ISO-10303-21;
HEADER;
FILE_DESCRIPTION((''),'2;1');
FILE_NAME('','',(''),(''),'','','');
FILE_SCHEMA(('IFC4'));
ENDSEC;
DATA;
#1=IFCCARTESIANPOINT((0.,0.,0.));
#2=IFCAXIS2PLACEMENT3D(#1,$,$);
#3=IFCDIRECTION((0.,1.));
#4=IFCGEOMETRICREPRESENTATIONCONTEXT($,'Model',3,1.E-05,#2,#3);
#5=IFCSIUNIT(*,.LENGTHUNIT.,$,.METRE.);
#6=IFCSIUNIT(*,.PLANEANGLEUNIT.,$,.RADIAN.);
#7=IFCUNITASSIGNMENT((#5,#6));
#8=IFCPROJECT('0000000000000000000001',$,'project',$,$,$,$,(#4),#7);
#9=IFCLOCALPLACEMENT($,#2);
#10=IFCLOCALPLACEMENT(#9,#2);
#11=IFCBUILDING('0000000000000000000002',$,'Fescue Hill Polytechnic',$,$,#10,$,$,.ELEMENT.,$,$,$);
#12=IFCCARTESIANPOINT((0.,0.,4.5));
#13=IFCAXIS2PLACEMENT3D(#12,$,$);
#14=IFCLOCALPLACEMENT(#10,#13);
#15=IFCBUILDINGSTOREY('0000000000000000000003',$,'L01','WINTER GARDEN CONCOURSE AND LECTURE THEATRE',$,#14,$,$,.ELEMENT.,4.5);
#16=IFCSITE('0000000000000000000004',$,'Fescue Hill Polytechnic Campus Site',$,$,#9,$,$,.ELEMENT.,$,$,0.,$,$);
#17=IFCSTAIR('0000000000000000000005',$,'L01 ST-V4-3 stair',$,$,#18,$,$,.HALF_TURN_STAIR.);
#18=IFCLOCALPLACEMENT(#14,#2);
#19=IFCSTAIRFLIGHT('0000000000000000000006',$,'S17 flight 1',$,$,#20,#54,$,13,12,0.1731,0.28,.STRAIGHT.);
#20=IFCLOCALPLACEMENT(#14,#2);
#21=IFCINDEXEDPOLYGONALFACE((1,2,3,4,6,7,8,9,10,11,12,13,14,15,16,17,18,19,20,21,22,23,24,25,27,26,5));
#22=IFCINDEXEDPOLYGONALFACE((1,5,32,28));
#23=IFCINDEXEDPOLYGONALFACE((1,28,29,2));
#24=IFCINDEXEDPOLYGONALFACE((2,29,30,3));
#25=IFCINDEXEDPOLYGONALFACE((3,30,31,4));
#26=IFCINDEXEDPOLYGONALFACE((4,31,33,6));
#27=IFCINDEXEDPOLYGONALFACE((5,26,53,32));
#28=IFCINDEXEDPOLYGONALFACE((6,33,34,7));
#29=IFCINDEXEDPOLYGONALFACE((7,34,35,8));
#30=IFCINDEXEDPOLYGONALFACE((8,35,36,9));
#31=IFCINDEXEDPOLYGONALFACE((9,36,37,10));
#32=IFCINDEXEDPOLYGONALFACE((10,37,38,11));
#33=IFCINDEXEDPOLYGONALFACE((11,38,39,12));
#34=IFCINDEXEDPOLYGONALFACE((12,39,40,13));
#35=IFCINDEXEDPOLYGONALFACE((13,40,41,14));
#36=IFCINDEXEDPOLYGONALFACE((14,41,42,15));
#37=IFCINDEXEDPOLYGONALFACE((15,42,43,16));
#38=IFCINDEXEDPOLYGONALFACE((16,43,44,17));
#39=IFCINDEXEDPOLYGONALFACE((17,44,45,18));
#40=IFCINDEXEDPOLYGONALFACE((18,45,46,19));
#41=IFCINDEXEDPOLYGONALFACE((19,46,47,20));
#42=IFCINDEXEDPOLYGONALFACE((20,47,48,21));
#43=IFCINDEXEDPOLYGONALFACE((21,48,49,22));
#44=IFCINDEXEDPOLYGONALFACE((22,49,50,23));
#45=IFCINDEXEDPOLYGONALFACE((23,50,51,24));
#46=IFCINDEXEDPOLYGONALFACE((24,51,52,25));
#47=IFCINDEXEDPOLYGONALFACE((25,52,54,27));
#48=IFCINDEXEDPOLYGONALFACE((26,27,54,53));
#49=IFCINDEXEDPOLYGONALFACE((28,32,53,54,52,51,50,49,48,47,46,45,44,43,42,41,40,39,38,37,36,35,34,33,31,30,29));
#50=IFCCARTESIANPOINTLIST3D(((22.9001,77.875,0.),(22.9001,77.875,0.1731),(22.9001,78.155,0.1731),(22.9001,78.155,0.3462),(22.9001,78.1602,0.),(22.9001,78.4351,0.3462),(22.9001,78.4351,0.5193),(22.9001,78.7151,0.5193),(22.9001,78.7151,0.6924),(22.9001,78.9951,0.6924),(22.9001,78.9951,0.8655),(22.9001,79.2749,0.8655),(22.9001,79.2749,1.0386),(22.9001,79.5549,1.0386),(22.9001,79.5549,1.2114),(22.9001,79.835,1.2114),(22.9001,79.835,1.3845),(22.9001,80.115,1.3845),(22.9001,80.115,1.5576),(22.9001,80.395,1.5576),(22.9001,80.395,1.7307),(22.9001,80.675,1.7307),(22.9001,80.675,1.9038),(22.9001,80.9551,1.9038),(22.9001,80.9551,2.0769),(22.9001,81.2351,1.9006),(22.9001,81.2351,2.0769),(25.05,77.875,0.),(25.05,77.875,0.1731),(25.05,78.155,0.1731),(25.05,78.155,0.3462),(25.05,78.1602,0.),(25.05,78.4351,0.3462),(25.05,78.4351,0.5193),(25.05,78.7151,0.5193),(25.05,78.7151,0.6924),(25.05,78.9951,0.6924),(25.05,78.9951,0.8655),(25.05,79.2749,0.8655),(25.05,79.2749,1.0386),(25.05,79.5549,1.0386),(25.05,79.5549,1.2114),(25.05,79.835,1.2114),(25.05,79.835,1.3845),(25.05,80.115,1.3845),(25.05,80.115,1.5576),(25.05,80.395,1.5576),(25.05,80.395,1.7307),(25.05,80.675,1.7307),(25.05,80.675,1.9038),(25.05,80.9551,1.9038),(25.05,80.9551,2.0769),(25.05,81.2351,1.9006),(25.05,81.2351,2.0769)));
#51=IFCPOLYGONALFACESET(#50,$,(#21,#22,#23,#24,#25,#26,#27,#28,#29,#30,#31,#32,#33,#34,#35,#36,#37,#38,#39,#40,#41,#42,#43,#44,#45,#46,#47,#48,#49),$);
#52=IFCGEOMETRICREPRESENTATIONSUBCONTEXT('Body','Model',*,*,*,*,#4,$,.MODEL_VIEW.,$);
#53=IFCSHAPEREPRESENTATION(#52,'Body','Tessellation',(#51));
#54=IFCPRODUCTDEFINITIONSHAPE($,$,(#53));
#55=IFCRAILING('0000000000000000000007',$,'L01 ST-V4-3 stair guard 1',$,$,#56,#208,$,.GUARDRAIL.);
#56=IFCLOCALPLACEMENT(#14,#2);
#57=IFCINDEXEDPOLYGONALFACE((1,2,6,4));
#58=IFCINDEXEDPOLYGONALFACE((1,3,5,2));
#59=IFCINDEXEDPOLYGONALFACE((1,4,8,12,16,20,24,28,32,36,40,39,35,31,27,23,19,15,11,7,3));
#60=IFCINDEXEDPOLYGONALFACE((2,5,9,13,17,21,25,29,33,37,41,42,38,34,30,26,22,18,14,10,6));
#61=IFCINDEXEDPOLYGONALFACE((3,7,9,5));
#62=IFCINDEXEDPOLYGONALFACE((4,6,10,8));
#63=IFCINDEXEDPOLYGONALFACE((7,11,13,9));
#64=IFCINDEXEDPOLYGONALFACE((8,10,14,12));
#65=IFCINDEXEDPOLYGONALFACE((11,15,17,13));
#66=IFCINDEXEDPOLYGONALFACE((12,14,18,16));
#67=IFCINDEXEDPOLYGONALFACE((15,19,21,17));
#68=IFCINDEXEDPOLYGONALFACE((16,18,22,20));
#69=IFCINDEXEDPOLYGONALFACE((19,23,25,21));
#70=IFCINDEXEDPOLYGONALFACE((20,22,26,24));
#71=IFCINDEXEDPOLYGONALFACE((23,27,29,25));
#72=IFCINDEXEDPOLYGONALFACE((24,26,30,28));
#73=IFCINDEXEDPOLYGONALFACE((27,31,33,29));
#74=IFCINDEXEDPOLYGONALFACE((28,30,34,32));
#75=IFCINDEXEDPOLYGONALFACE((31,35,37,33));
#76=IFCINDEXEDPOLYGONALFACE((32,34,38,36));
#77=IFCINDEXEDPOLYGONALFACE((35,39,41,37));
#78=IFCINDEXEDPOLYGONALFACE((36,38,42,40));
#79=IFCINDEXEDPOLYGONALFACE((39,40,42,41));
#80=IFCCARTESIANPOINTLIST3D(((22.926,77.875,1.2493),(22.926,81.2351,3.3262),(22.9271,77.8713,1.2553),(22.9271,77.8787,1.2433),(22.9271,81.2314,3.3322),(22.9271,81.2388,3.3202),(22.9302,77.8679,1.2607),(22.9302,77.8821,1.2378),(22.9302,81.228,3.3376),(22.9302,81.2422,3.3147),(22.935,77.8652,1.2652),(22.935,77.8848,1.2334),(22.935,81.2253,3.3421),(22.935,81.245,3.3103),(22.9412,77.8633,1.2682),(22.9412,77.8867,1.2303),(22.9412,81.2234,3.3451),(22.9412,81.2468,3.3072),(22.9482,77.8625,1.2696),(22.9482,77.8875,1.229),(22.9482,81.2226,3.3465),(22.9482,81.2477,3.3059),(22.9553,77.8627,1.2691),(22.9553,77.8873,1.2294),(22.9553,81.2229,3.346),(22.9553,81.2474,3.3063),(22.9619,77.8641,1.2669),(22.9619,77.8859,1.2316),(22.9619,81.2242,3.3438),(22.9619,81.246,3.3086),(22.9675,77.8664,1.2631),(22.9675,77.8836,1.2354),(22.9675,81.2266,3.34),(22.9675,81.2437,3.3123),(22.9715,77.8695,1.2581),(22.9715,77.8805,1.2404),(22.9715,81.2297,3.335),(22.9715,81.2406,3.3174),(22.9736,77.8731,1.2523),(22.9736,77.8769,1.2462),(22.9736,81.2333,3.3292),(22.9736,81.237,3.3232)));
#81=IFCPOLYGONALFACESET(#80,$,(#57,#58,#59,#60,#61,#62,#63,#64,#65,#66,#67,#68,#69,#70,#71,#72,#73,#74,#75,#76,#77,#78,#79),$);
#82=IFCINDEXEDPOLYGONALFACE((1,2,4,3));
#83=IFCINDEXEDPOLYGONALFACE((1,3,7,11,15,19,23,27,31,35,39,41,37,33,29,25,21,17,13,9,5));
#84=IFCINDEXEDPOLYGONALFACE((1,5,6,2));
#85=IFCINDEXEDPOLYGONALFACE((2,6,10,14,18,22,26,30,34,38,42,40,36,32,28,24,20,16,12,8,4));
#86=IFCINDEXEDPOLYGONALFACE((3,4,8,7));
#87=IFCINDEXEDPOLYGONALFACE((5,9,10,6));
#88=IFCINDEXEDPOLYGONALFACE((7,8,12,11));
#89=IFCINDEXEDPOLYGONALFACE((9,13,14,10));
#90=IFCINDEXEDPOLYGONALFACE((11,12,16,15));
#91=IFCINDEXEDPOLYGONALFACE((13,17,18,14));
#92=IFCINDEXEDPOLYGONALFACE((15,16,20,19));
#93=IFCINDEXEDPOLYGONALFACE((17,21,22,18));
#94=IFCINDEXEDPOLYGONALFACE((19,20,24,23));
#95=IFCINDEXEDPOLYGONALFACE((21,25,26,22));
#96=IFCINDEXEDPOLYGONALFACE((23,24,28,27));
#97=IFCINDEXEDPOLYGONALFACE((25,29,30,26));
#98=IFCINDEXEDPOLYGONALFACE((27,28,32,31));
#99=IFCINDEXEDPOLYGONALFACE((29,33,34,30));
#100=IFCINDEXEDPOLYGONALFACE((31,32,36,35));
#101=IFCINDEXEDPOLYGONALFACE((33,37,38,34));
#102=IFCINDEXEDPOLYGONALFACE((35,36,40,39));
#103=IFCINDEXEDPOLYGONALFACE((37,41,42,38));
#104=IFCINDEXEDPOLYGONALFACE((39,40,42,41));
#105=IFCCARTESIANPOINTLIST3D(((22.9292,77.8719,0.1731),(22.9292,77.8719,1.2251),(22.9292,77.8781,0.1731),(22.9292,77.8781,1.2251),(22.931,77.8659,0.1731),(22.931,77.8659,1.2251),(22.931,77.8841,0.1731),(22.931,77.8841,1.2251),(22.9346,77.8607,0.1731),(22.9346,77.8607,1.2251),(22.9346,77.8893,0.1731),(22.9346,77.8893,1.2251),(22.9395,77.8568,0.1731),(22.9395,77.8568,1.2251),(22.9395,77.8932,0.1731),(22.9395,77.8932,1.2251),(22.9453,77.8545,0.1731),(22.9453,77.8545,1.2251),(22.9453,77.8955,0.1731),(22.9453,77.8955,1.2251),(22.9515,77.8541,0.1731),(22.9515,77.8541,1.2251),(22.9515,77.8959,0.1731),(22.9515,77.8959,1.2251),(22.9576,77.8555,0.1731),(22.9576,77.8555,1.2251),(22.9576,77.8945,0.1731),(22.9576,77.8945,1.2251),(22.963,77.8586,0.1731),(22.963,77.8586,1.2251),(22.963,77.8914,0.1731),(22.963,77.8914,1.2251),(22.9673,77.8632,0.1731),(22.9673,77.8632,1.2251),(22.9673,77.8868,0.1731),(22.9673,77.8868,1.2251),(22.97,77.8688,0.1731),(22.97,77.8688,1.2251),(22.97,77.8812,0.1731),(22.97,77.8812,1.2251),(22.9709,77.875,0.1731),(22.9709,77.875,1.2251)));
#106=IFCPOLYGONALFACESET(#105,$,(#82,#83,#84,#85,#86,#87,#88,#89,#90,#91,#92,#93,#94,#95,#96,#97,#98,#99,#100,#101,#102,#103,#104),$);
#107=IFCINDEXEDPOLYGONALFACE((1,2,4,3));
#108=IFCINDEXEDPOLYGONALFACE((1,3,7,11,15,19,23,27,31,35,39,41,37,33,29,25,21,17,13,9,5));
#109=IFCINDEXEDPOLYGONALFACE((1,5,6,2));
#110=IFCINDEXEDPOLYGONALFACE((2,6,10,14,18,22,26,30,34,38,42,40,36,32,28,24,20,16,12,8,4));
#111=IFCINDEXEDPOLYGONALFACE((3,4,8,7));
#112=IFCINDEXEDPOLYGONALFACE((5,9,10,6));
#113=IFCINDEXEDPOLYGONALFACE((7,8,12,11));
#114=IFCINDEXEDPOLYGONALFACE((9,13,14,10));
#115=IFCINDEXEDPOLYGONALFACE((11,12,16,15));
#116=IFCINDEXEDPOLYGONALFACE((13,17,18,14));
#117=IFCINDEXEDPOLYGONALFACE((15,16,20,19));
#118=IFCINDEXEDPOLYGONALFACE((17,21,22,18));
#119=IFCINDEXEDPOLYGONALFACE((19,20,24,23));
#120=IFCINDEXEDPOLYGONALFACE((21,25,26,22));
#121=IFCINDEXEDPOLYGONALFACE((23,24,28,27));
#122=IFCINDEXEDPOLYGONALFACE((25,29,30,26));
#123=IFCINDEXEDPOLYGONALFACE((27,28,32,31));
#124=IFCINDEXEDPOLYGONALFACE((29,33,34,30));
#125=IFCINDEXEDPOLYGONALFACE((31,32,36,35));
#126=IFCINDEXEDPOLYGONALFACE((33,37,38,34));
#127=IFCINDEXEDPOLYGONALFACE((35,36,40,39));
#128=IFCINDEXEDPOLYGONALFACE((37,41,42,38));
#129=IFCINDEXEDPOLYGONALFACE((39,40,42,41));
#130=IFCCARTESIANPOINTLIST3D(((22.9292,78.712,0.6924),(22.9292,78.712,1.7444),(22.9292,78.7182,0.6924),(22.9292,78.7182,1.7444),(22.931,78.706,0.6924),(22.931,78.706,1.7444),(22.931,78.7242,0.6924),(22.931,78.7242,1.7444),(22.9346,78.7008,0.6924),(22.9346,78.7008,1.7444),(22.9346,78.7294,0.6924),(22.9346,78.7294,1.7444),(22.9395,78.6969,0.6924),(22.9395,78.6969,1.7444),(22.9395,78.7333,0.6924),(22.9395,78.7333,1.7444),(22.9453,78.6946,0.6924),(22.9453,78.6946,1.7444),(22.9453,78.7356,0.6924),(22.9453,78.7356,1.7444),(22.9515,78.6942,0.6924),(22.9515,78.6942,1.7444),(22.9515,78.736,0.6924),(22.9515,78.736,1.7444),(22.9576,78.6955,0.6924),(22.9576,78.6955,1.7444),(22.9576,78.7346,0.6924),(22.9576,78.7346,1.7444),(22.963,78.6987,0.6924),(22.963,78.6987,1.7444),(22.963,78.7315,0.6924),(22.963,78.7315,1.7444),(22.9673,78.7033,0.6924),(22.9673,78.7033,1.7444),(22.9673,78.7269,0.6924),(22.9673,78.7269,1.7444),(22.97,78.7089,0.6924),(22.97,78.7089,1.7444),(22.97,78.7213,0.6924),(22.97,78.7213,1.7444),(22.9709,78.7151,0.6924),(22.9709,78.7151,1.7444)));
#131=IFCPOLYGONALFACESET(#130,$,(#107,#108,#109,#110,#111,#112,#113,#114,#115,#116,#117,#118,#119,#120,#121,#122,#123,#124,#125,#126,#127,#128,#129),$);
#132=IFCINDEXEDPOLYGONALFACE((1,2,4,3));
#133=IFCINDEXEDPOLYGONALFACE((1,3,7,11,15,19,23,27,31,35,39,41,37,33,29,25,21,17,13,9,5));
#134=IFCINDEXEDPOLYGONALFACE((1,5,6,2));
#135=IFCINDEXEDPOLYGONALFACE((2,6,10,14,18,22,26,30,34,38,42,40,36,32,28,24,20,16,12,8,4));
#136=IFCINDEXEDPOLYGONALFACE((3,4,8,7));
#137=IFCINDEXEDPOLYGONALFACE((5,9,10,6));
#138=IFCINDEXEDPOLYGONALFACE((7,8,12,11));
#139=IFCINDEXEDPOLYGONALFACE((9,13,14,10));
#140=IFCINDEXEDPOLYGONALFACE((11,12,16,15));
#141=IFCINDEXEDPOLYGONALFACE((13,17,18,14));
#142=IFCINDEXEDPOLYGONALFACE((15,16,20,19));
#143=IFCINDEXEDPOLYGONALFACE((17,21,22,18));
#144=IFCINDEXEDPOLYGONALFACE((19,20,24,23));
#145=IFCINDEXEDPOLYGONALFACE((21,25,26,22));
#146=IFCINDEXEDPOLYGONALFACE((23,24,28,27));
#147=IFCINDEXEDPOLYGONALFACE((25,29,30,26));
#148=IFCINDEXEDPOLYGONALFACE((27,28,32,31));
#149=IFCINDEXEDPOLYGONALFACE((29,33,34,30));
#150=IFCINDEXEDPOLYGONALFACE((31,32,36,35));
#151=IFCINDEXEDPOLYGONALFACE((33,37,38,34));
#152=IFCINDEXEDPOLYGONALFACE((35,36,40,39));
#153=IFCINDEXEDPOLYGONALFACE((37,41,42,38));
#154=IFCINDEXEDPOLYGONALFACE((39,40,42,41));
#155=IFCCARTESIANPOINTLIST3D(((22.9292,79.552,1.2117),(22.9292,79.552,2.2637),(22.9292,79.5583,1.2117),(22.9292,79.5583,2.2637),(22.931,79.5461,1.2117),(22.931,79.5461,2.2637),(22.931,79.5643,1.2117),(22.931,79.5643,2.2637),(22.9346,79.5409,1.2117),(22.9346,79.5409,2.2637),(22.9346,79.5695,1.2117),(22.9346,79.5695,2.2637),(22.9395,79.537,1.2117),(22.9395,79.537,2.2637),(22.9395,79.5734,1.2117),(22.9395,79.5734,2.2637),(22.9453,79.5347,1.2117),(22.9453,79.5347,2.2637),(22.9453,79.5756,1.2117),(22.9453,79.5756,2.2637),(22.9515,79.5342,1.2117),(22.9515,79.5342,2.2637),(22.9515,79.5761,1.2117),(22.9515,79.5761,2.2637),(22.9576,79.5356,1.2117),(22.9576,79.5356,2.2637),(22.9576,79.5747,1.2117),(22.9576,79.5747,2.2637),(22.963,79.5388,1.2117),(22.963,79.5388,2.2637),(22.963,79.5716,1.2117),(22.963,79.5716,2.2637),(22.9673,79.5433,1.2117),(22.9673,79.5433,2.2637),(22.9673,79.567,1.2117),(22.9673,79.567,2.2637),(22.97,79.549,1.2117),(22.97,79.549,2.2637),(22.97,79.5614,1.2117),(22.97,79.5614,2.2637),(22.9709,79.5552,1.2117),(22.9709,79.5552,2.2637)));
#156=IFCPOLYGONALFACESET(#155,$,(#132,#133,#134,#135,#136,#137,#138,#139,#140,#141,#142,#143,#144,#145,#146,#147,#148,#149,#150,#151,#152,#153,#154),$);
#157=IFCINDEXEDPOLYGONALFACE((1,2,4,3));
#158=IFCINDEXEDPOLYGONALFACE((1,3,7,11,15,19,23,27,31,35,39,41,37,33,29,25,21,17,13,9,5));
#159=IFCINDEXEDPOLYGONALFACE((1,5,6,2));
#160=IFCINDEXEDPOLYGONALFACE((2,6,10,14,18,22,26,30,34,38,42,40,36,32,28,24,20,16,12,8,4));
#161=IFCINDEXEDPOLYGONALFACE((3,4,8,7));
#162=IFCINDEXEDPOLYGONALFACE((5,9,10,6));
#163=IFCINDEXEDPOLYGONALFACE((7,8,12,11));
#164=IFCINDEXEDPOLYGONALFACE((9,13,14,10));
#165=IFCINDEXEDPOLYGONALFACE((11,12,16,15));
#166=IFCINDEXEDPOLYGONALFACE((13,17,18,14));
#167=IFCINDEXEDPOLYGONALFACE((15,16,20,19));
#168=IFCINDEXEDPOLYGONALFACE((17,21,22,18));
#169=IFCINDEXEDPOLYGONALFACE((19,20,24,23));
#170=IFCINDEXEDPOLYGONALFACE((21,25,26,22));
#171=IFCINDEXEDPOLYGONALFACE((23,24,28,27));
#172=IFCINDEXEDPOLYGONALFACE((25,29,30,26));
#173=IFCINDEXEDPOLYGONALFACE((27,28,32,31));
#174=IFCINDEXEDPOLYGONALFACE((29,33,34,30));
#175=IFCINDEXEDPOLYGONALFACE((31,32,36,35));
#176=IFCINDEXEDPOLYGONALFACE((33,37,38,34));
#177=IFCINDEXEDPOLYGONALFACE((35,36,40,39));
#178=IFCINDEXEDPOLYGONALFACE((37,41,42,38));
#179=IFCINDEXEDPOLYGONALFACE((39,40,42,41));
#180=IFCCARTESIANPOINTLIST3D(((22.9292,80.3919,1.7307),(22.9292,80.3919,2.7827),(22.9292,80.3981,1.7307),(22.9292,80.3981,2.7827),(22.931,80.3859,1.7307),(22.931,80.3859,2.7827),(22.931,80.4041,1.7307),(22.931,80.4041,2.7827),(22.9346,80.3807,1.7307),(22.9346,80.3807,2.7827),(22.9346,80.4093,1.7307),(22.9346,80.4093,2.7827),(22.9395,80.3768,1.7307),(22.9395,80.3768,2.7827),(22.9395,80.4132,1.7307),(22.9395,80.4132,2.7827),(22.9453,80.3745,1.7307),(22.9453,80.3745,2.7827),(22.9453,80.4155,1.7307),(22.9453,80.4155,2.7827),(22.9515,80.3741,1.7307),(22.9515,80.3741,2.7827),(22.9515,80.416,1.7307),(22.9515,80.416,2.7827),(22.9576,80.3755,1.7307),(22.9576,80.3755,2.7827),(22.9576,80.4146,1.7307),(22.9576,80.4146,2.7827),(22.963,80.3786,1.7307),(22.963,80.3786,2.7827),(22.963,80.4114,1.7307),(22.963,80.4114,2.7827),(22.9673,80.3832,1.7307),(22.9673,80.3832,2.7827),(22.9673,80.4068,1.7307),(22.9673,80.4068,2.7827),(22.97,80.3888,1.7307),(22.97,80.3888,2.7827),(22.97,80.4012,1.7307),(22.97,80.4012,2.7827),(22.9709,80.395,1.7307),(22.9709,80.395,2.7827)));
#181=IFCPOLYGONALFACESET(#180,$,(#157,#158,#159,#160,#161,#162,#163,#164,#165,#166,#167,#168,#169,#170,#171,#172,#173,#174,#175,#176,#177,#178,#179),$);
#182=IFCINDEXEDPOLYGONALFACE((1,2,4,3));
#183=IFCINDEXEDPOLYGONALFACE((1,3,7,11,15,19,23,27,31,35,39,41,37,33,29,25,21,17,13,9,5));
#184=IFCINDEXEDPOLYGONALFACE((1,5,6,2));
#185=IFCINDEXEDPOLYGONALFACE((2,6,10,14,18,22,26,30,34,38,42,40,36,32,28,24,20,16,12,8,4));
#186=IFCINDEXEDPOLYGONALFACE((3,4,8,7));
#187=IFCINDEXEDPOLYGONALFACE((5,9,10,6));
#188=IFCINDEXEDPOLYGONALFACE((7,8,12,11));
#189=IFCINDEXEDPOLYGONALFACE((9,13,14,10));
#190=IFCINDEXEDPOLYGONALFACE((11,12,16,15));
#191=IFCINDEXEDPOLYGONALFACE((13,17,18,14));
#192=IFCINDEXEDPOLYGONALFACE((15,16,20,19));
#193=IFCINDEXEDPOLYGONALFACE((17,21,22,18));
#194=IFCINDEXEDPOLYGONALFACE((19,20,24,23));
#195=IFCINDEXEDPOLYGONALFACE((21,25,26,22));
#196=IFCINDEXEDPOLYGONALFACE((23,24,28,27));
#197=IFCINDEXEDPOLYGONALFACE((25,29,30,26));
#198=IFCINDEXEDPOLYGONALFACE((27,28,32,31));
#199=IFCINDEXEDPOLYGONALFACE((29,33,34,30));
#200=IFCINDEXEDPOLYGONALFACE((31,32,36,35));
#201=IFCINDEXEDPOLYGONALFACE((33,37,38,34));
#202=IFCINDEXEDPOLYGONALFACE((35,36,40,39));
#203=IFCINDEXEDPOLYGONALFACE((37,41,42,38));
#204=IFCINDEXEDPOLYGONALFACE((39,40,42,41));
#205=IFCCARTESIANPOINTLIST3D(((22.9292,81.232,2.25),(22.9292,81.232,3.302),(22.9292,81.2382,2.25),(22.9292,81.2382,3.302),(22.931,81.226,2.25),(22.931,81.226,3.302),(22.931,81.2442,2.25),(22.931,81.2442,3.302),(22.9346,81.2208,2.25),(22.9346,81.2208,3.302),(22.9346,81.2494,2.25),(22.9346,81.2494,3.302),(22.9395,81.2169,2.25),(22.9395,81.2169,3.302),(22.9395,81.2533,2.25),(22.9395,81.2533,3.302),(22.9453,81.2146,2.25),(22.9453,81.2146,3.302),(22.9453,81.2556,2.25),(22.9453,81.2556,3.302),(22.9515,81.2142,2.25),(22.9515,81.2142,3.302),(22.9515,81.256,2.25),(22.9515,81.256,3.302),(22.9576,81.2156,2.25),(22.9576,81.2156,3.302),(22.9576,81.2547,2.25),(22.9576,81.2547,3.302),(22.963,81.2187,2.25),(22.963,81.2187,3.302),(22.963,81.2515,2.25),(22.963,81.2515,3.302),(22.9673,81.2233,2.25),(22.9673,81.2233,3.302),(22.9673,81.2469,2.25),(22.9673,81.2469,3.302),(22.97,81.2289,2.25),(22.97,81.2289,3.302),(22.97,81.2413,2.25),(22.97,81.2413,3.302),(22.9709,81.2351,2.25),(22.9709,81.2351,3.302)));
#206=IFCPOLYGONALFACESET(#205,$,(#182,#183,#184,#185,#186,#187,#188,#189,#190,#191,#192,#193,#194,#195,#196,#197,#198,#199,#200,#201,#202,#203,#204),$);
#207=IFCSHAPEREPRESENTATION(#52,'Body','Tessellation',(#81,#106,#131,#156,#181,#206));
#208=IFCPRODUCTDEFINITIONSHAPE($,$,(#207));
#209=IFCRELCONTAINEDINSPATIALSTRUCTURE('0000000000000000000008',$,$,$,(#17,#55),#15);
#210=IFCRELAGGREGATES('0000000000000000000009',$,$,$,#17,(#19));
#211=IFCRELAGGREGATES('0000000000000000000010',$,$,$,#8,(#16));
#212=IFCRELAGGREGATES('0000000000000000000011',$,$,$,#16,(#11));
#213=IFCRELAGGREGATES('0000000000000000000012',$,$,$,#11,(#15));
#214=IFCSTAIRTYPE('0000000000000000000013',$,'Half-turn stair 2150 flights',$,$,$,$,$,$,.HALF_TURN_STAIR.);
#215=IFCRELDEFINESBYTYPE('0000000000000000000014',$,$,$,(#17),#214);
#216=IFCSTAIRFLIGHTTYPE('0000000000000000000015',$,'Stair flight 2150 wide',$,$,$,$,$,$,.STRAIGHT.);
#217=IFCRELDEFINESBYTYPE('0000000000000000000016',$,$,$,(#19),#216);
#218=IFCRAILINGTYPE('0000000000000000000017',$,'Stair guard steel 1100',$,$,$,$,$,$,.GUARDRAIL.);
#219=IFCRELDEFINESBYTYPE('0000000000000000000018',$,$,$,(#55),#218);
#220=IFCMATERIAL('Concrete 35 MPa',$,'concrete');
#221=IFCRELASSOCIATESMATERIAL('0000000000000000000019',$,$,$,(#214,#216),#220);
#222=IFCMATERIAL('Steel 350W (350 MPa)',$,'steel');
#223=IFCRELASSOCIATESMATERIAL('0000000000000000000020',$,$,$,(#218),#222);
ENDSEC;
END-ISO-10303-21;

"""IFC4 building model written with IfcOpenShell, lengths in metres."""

from ifc_helpers import new_model, si_unit, direction, frame, origin, origin_2d, place, context, subcontext, project, spatial, polyline, circle, outline, extrude, material, type_object, element, aggregate, save


model = new_model("IFC4")

# Units and contexts
model_context = context("Model", 3, precision=1e-05, world=origin(), true_north=direction((0.0, 1.0)))
body_context = subcontext(model_context, "Body", "Model", "MODEL_VIEW")
ifc_project = project(units=[si_unit("LENGTHUNIT", "METRE"), si_unit("PLANEANGLEUNIT", "RADIAN")], contexts=[model_context])

# Site, building, storey
site_placement = place(None, origin())
site = spatial("IfcSite", under=ifc_project, at=site_placement, Name="Fescue Hill Polytechnic Campus Site", CompositionType="ELEMENT", RefElevation=0.0)
building_placement = place(site_placement, origin())
building = spatial("IfcBuilding", under=site, at=building_placement, Name="Fescue Hill Polytechnic", CompositionType="ELEMENT")
storey_placement = place(building_placement, frame((0.0, 0.0, 4.5)))
storey = spatial("IfcBuildingStorey", under=building, at=storey_placement, Name="L01", Description="WINTER GARDEN CONCOURSE AND LECTURE THEATRE", CompositionType="ELEMENT", Elevation=4.5)

# Stair, stair flight
ifc_material_1 = material(Name="Concrete 35 MPa", Category="concrete")
stair_type = type_object("IfcStairType", Name="Half-turn stair 2150 flights", PredefinedType="HALF_TURN_STAIR", material=ifc_material_1)
stair_placement = place(storey_placement, origin())
stair = element("IfcStair", 1, at=stair_placement, inside=storey, type_object=stair_type, Name="L01 ST-V4-3 stair", PredefinedType="HALF_TURN_STAIR")
stair_flight_type = type_object("IfcStairFlightType", Name="Stair flight 2150 wide", PredefinedType="STRAIGHT", material=ifc_material_1)
stair_flight_placement = place(storey_placement, frame((23.9751, 77.875, 0.0), z_axis=(0.0, 0.0, 1.0), x_axis=(0.0, 1.0, 0.0)))
stair_flight = element("IfcStairFlight", 2, at=stair_flight_placement, type_object=stair_flight_type, Name="S17 flight 1", NumberOfRisers=13, NumberOfTreads=12, PredefinedType="STRAIGHT", RiserHeight=0.1731, TreadLength=0.28, context=body_context, shape_type="SweptSolid", body=[
    extrude(outline(polyline([(0.0, 0.0), (0.0, 0.1731), (0.28, 0.1731), (0.28, 0.3462), (0.5601, 0.3462), (0.5601, 0.5193), (0.8401, 0.5193), (0.8401, 0.6924), (1.1201, 0.6924), (1.1201, 0.8655), (1.3999, 0.8655), (1.3999, 1.0386), (1.6799, 1.0386), (1.6799, 1.2114), (1.96, 1.2114), (1.96, 1.3845), (2.24, 1.3845), (2.24, 1.5576), (2.52, 1.5576), (2.52, 1.7307), (2.8, 1.7307), (2.8, 1.9038), (3.0801, 1.9038), (3.0801, 2.0769), (3.3601, 2.0769), (3.3601, 2.25), (3.3601, 1.9006), (0.2852, 0.0), (0.0, 0.0)])), frame((0.0, 1.075, 0.0), z_axis=(0.0, -1.0, 0.0), x_axis=(1.0, 0.0, 0.0)), (0.0, 0.0, 1.0), 2.1499),
])
aggregate(stair, [stair_flight])

# Railing
ifc_material_2 = material(Name="Steel 350W (350 MPa)", Category="steel")
railing_type_1 = type_object("IfcRailingType", Name="Stair guard steel 1100", PredefinedType="GUARDRAIL", material=ifc_material_2)
railing_placement = place(storey_placement, frame((22.95, 77.875, 0.1731)))
element("IfcRailing", 3, at=railing_placement, inside=storey, type_object=railing_type_1, Name="L01 ST-V4-3 stair guard 1", PredefinedType="GUARDRAIL", context=body_context, shape_type="SweptSolid", body=[
    extrude(circle(Radius=0.0239, at=origin_2d()), frame((0.0, 0.0, 1.0762), z_axis=(0.0, 0.850623, 0.525776), x_axis=(-1.0, 0.0, 0.0)), (0.0, 0.0, 1.0), 3.9502),
    extrude(circle(Radius=0.021, at=origin_2d()), origin(), (0.0, 0.0, 1.0), 1.052),
    extrude(circle(Radius=0.021, at=origin_2d()), frame((0.0, 0.8401, 0.5193)), (0.0, 0.0, 1.0), 1.052),
    extrude(circle(Radius=0.021, at=origin_2d()), frame((0.0, 1.6802, 1.0386)), (0.0, 0.0, 1.0), 1.052),
    extrude(circle(Radius=0.021, at=origin_2d()), frame((0.0, 2.52, 1.5576)), (0.0, 0.0, 1.0), 1.052),
    extrude(circle(Radius=0.021, at=origin_2d()), frame((0.0, 3.3601, 2.0769)), (0.0, 0.0, 1.0), 1.052),
])

save(model, "model.ifc")
